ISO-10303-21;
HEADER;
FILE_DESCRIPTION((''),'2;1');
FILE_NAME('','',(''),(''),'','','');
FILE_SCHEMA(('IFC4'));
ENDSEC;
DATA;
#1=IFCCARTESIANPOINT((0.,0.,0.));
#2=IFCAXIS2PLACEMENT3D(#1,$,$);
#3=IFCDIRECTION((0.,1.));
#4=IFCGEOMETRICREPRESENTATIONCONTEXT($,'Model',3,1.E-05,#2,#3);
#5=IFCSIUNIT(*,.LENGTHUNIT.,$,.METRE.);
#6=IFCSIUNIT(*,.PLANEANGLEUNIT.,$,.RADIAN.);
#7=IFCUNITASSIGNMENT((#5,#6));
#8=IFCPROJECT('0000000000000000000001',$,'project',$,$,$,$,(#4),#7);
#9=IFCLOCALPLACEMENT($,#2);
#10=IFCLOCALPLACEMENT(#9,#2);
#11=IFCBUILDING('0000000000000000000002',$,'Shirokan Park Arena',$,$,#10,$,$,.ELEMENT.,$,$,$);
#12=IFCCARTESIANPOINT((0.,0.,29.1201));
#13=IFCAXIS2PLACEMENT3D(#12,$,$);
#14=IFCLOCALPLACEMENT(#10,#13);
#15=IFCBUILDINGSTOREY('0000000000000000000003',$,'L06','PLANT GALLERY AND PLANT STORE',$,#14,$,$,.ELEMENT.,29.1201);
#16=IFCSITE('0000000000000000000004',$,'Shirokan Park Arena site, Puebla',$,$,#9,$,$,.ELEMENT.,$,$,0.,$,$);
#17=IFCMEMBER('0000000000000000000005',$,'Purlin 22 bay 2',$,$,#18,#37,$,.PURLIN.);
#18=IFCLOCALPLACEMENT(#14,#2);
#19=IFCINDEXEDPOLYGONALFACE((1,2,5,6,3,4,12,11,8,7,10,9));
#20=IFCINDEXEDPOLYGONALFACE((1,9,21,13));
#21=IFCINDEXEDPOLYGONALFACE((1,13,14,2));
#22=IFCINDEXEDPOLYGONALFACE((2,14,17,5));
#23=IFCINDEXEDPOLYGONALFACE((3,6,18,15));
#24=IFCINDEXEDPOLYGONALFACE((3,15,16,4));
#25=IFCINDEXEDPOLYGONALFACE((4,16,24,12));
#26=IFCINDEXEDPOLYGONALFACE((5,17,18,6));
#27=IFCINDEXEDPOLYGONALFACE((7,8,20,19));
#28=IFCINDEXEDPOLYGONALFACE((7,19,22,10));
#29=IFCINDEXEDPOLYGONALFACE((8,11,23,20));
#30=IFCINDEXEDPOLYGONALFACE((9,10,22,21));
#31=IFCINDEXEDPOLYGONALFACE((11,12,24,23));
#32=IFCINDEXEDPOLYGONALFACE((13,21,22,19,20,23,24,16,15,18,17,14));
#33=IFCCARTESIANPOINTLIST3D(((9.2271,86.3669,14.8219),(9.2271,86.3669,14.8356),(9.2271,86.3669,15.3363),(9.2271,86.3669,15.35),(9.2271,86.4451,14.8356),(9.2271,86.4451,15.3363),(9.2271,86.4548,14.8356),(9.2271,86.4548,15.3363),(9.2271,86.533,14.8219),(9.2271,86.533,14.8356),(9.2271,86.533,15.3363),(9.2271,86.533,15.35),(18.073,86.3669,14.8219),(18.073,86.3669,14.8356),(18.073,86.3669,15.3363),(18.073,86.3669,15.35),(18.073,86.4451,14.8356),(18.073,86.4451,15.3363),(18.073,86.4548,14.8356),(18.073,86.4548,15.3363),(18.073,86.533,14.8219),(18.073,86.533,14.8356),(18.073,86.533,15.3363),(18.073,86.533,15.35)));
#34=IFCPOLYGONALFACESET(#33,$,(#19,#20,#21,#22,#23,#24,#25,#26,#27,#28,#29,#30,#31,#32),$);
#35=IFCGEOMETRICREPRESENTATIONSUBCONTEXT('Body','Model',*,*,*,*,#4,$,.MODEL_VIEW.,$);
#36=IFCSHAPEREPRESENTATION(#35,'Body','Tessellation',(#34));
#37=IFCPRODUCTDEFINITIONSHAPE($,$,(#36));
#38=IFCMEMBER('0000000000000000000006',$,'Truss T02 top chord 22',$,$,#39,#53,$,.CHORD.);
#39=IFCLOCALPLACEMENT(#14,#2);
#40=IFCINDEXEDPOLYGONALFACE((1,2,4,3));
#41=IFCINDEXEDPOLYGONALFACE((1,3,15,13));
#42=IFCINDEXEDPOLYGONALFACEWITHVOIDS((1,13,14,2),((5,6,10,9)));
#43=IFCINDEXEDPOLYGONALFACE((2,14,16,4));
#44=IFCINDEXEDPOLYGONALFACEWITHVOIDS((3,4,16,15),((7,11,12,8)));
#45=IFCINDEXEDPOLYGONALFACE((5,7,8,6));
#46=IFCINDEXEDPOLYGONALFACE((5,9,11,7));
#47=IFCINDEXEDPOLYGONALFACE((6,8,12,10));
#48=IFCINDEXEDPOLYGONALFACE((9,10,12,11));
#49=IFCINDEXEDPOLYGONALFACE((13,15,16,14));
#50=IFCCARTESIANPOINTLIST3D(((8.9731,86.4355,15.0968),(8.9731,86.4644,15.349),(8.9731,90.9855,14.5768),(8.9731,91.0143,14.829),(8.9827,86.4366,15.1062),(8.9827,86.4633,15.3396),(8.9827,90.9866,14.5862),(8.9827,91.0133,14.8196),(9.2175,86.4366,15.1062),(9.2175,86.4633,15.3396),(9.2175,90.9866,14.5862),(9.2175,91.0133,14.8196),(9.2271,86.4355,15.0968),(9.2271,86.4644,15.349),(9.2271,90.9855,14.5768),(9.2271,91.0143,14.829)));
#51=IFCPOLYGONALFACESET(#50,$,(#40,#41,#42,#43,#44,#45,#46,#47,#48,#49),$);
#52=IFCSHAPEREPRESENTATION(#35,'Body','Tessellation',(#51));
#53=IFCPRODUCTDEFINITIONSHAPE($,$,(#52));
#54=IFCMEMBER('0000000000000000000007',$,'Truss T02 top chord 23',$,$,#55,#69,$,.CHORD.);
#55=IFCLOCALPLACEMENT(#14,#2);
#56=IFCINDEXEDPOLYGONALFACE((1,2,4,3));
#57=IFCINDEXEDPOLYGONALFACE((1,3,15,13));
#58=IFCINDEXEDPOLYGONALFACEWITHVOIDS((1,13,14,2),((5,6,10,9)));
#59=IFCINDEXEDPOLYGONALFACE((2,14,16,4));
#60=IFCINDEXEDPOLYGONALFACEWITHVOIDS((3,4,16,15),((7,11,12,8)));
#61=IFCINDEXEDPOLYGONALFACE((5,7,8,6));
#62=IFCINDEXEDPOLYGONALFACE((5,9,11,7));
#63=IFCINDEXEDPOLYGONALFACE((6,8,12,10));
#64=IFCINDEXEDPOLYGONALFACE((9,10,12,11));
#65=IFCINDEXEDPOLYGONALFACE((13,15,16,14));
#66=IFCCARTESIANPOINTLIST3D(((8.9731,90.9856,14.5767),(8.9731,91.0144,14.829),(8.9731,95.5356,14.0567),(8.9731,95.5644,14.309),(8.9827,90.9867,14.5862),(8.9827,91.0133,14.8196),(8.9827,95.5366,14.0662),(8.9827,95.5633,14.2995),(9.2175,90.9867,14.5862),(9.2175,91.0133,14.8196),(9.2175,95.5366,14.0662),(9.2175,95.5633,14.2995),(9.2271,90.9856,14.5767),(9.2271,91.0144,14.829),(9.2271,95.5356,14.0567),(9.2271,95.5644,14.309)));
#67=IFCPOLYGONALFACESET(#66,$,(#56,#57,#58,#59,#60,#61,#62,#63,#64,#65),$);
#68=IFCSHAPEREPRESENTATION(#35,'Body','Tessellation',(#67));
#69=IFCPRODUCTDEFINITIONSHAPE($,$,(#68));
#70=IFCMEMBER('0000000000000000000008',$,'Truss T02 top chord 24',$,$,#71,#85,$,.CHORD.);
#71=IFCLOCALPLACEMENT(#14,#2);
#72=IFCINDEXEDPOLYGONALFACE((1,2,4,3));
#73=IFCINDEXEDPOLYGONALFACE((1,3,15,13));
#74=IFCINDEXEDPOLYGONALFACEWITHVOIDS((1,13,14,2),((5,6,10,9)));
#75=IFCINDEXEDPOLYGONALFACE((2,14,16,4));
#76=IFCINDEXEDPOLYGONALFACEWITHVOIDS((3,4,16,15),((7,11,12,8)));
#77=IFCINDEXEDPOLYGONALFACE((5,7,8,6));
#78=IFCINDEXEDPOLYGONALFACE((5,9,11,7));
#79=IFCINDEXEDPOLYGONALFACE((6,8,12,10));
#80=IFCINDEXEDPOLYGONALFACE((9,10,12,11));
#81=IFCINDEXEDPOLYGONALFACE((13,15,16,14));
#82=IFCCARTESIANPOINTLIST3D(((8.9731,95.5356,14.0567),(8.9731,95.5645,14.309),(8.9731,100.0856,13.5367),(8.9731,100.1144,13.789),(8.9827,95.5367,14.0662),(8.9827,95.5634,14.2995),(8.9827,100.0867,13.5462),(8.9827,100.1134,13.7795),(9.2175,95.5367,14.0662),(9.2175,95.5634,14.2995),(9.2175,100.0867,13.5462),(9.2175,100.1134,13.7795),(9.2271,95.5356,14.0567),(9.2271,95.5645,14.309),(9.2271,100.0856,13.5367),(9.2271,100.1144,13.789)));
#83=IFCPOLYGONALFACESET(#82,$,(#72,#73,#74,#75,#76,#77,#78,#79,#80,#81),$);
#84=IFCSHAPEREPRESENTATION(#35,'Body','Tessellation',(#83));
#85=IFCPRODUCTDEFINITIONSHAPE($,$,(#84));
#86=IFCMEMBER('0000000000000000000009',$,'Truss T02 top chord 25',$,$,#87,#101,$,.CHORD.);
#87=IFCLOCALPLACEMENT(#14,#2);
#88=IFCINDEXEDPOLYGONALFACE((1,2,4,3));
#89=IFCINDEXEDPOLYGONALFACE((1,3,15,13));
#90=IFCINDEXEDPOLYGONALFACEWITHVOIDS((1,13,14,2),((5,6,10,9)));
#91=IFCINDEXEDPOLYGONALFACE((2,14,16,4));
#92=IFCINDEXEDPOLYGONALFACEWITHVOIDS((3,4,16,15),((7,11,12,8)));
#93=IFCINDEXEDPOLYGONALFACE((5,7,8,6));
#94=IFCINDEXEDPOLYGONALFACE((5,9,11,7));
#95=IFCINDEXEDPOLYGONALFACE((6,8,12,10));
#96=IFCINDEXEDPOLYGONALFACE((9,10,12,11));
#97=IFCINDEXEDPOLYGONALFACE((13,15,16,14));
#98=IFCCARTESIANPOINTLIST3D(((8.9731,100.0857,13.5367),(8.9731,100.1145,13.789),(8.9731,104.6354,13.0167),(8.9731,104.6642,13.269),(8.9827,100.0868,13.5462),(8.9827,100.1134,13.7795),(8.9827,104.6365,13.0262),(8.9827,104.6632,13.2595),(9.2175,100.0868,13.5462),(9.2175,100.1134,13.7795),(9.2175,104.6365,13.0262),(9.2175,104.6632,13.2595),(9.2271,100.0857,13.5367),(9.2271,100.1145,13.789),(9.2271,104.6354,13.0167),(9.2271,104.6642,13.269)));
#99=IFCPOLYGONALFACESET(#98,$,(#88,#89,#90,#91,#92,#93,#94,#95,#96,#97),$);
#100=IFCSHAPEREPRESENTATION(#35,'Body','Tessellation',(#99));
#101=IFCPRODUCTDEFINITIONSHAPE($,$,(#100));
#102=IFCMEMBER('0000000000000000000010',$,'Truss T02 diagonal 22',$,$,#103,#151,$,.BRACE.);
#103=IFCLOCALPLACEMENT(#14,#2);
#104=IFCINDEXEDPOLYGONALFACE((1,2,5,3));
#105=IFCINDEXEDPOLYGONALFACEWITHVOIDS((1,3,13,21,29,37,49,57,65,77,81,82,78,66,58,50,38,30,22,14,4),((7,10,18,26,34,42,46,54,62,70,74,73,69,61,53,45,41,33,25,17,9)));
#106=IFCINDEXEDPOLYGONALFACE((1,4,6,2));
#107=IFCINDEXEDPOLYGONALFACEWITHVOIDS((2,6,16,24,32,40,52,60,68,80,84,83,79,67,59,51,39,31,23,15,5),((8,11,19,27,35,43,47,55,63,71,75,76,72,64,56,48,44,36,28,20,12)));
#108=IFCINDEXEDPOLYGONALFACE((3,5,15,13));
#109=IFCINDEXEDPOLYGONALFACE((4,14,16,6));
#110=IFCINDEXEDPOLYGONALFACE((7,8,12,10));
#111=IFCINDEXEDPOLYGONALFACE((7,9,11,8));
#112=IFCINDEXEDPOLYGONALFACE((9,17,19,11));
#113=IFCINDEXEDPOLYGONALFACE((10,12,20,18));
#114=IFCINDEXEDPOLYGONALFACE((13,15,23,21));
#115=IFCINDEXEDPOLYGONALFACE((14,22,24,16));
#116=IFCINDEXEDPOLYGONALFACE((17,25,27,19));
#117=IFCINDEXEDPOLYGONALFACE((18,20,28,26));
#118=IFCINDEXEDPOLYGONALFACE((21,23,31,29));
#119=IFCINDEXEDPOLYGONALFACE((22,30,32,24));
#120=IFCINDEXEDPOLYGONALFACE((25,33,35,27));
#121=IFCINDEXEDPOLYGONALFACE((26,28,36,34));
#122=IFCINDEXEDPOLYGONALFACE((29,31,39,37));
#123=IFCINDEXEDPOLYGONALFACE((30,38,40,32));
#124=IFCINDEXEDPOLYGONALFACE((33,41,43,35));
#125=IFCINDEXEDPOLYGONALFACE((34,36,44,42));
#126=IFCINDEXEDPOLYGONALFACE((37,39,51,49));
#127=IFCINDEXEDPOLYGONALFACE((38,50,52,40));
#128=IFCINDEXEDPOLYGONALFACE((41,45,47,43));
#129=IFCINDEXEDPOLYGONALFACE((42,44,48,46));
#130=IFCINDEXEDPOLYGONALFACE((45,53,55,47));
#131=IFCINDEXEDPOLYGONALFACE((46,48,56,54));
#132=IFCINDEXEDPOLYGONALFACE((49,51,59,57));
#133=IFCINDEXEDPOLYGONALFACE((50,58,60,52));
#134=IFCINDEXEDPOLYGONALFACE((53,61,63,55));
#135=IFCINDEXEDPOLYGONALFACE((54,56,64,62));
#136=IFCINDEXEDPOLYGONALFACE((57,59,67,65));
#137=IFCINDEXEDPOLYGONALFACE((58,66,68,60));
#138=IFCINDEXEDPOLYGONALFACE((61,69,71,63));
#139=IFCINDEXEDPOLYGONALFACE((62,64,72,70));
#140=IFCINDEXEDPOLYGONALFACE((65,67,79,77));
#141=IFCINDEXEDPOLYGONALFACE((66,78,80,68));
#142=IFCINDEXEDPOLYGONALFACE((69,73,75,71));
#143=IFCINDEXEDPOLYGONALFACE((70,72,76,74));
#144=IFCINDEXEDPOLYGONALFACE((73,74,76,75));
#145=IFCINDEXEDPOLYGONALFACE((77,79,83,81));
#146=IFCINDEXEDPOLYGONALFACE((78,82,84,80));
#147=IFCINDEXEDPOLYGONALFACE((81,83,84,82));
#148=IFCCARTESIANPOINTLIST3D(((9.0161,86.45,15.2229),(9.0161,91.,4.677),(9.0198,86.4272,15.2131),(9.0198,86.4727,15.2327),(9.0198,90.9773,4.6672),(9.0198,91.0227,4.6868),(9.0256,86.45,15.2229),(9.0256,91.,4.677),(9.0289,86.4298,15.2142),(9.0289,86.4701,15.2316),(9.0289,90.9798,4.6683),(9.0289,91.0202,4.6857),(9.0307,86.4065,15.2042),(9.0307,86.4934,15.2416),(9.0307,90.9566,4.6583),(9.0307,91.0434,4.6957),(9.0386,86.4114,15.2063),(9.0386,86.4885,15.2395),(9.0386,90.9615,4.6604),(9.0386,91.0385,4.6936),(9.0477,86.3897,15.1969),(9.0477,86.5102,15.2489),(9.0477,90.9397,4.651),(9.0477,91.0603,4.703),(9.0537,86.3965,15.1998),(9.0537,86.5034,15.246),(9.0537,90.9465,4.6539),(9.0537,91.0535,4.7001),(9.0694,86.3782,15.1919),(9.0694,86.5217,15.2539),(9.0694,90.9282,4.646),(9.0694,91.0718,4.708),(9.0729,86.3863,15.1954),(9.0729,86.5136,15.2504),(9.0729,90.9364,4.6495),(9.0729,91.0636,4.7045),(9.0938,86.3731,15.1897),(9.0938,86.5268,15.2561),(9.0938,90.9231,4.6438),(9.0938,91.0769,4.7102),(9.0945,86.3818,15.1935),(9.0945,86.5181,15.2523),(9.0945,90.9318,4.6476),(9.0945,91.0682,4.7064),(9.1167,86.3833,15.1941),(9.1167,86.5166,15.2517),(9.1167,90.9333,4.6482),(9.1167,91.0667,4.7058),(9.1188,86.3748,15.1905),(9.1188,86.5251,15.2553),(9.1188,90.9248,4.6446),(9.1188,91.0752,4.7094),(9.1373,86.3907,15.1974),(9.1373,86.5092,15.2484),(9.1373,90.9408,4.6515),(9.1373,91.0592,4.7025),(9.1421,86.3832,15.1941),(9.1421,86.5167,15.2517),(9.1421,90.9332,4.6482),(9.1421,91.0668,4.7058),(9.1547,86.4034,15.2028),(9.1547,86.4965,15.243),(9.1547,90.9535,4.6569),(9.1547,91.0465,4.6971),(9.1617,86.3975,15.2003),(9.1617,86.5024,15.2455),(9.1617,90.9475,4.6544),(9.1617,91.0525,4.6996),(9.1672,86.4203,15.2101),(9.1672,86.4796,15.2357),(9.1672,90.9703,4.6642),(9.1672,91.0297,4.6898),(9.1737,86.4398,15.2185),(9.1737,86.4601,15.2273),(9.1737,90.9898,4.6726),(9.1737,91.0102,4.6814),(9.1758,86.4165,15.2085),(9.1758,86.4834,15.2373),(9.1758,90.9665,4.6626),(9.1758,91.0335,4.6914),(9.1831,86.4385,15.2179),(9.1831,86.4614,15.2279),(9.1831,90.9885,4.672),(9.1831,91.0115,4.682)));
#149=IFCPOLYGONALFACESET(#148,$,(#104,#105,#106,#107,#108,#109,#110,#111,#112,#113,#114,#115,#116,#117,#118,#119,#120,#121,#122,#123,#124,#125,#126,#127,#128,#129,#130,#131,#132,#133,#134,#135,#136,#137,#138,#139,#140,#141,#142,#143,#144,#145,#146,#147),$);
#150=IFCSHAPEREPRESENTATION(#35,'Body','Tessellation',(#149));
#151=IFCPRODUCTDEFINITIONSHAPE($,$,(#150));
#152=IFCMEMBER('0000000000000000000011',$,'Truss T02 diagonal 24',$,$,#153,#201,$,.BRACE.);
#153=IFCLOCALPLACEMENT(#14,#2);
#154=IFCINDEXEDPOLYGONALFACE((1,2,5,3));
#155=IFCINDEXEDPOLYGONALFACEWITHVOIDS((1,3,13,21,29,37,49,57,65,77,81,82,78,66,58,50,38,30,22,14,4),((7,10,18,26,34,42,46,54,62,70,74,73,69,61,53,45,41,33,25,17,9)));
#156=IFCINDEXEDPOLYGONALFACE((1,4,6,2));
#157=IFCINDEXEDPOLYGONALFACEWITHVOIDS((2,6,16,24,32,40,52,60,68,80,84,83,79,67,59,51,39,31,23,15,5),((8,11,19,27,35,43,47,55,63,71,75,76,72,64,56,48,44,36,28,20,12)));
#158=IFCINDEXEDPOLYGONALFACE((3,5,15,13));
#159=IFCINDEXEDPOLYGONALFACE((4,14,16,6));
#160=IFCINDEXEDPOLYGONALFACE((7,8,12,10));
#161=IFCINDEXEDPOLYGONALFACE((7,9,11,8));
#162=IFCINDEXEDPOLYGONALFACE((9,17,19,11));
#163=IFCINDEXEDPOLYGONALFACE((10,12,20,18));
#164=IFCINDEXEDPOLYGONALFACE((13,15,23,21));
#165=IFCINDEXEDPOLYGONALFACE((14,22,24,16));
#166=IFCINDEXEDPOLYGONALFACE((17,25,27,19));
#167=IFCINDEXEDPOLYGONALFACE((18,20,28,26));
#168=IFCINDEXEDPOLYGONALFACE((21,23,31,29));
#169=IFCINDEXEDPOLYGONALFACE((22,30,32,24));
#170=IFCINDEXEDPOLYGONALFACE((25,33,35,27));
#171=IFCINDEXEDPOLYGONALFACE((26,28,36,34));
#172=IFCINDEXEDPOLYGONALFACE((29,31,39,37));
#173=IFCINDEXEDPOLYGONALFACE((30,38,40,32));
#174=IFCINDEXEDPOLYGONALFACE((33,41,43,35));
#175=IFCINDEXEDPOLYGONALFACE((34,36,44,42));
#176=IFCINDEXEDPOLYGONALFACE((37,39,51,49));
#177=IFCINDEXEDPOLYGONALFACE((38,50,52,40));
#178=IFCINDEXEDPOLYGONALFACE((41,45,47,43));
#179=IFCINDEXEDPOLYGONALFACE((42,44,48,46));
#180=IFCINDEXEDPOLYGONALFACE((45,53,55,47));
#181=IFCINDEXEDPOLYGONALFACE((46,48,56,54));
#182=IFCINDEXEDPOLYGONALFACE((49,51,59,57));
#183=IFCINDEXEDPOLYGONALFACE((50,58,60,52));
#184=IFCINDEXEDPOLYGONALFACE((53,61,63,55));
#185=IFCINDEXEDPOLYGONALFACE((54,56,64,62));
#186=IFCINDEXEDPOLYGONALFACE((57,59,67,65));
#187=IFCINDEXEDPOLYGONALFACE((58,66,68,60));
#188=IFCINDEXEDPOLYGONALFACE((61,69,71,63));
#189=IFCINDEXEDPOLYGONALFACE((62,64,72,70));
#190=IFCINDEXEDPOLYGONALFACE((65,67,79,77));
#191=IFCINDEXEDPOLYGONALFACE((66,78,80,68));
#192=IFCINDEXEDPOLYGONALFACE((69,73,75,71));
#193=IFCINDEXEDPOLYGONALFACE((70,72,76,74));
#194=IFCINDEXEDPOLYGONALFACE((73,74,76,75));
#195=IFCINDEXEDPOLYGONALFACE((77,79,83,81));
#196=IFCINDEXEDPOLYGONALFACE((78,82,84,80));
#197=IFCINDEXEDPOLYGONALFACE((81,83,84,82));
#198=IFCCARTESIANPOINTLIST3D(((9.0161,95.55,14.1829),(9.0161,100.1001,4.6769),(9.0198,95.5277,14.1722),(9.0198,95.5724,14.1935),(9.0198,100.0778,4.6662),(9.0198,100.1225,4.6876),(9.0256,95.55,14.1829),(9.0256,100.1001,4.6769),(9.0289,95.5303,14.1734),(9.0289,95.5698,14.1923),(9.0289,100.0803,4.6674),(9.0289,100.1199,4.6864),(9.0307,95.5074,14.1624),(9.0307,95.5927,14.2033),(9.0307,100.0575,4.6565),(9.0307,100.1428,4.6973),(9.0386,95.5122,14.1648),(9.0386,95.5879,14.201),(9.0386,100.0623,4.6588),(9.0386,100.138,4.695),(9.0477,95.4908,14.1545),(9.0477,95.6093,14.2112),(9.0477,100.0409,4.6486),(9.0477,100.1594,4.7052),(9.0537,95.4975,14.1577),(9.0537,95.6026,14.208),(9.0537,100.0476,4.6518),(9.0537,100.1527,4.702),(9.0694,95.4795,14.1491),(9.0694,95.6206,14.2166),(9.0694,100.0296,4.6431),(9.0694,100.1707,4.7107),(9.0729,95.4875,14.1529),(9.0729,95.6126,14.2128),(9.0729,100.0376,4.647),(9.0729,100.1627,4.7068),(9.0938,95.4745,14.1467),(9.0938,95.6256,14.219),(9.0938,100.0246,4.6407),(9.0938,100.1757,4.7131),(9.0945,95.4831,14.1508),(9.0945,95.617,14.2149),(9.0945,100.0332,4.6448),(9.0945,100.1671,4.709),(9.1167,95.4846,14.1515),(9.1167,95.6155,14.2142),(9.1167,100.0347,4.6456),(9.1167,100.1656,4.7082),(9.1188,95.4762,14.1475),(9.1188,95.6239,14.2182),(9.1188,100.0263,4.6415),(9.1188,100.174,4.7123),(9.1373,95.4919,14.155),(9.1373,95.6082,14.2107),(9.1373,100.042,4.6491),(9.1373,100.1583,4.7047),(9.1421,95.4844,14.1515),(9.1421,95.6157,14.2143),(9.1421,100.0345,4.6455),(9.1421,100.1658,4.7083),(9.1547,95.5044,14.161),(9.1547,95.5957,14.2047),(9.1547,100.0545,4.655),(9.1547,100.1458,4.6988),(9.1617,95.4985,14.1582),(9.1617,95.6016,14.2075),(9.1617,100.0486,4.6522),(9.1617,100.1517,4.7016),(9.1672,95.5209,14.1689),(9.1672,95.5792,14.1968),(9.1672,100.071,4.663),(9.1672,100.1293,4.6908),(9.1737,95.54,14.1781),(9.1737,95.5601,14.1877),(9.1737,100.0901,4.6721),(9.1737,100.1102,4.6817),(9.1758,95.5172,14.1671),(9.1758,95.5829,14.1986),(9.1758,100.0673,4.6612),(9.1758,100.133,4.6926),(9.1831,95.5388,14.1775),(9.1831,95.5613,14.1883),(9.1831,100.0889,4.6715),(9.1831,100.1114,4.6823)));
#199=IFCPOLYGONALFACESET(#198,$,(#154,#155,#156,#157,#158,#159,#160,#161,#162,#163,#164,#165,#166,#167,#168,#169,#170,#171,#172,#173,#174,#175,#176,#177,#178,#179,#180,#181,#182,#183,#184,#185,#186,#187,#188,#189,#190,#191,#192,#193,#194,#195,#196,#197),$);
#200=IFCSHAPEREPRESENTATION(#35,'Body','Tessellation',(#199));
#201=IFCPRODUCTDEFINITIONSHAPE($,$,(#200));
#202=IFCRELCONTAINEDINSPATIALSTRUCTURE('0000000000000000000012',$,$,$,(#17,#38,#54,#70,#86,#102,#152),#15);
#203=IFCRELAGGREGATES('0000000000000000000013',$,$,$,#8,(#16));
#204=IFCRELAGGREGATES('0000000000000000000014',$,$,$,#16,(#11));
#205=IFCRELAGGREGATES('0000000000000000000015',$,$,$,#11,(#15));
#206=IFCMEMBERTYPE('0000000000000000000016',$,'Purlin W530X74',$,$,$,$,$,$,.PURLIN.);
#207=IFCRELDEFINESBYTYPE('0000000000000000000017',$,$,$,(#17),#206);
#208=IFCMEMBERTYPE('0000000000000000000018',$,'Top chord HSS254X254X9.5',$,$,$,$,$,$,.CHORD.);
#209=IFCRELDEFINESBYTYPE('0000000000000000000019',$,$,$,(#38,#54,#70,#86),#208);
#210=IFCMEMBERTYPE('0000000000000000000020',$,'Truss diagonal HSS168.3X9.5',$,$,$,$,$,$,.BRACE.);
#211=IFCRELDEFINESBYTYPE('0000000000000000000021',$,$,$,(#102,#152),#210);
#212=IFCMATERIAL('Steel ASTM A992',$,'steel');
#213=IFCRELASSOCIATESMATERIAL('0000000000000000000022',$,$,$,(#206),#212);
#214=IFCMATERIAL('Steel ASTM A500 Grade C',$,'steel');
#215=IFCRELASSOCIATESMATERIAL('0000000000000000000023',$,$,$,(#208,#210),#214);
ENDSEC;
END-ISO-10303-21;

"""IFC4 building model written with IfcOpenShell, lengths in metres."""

from ifc_helpers import new_model, si_unit, direction, frame, origin, origin_2d, place, context, subcontext, project, spatial, hollow_rectangle, hollow_circle, i_section, extrude, material, material_profile, profile_set, type_object, element, save


model = new_model("IFC4")

# Units and contexts
model_context = context("Model", 3, precision=1e-05, world=origin(), true_north=direction((0.0, 1.0)))
body_context = subcontext(model_context, "Body", "Model", "MODEL_VIEW")
ifc_project = project(units=[si_unit("LENGTHUNIT", "METRE"), si_unit("PLANEANGLEUNIT", "RADIAN")], contexts=[model_context])

# Site, building, storey
site_placement = place(None, origin())
site = spatial("IfcSite", under=ifc_project, at=site_placement, Name="Shirokan Park Arena site, Puebla", CompositionType="ELEMENT", RefElevation=0.0)
building_placement = place(site_placement, origin())
building = spatial("IfcBuilding", under=site, at=building_placement, Name="Shirokan Park Arena", CompositionType="ELEMENT")
storey_placement = place(building_placement, frame((0.0, 0.0, 29.1201)))
storey = spatial("IfcBuildingStorey", under=building, at=storey_placement, Name="L06", Description="PLANT GALLERY AND PLANT STORE", CompositionType="ELEMENT", Elevation=29.1201)

# Members
ifc_material_1 = material(Name="Steel ASTM A500 Grade C", Category="steel")
ifc_material_2 = material(Name="Steel ASTM A992", Category="steel")
ifc_material_profile_1 = material_profile(ifc_material_2, i_section(OverallWidth=0.166, OverallDepth=0.5281, WebThickness=0.0098, FlangeThickness=0.0137, at=origin_2d()), Name="W530X74")
ifc_profile_set_1 = profile_set([ifc_material_profile_1], Name="Steel ASTM A992")
member_type_1 = type_object("IfcMemberType", Name="Purlin W530X74", PredefinedType="PURLIN", material=ifc_profile_set_1)
member_1_placement = place(storey_placement, frame((9.2271, 86.45, 15.0859), z_axis=(1.0, 0.0, 0.0), x_axis=(0.0, 1.0, 0.0)))
element("IfcMember", 1, at=member_1_placement, inside=storey, type_object=member_type_1, Name="Purlin 22 bay 2", PredefinedType="PURLIN", context=body_context, shape_type="SweptSolid", body=[
    extrude(i_section(OverallWidth=0.166, OverallDepth=0.5281, WebThickness=0.0098, FlangeThickness=0.0137, at=origin_2d()), origin(), (0.0, 0.0, 1.0), 8.8459),
])
ifc_material_profile_2 = material_profile(ifc_material_1, hollow_rectangle(XDim=0.2539, YDim=0.2539, WallThickness=0.0095, at=origin_2d()), Name="HSS254X254X9.5")
ifc_profile_set_2 = profile_set([ifc_material_profile_2], Name="Steel ASTM A500 Grade C")
member_type_2 = type_object("IfcMemberType", Name="Top chord HSS254X254X9.5", PredefinedType="CHORD", material=ifc_profile_set_2)
for number, where, z_axis, x_axis, name in (
    (2, (9.1001, 86.45, 15.2229), (0.0, 0.993532, -0.11355), (-1.0, 0.0, 0.0), "Truss T02 top chord 22"),
    (3, (9.1001, 91.0, 14.7029), (0.0, 0.993532, -0.11355), (-1.0, 0.0, 0.0), "Truss T02 top chord 23"),
    (4, (9.1001, 95.55, 14.1829), (0.0, 0.993532, -0.11355), (-1.0, 0.0, 0.0), "Truss T02 top chord 24"),
):
    element("IfcMember", number, at=place(storey_placement, frame(where, z_axis=z_axis, x_axis=x_axis)), inside=storey, type_object=member_type_2, Name=name, PredefinedType="CHORD", context=body_context, shape_type="SweptSolid", body=[
        extrude(hollow_rectangle(XDim=0.2539, YDim=0.2539, WallThickness=0.0095, at=origin_2d()), origin(), (0.0, 0.0, 1.0), 4.5796),
    ])
member_2_placement = place(storey_placement, frame((9.1001, 100.1001, 13.6628), z_axis=(0.0, 0.993532, -0.113556), x_axis=(-1.0, 0.0, 0.0)))
element("IfcMember", 5, at=member_2_placement, inside=storey, type_object=member_type_2, Name="Truss T02 top chord 25", PredefinedType="CHORD", context=body_context, shape_type="SweptSolid", body=[
    extrude(hollow_rectangle(XDim=0.2539, YDim=0.2539, WallThickness=0.0095, at=origin_2d()), origin(), (0.0, 0.0, 1.0), 4.5793),
])
ifc_material_profile_3 = material_profile(ifc_material_1, hollow_circle(Radius=0.084, WallThickness=0.0095, at=origin_2d()), Name="HSS168.3X9.5")
ifc_profile_set_3 = profile_set([ifc_material_profile_3], Name="Steel ASTM A500 Grade C")
member_type_3 = type_object("IfcMemberType", Name="Truss diagonal HSS168.3X9.5", PredefinedType="BRACE", material=ifc_profile_set_3)
member_3_placement = place(storey_placement, frame((9.1001, 86.45, 15.2229), z_axis=(0.0, 0.396153, -0.918185), x_axis=(-1.0, 0.0, 0.0)))
element("IfcMember", 6, at=member_3_placement, inside=storey, type_object=member_type_3, Name="Truss T02 diagonal 22", PredefinedType="BRACE", context=body_context, shape_type="SweptSolid", body=[
    extrude(hollow_circle(Radius=0.084, WallThickness=0.0095, at=origin_2d()), origin(), (0.0, 0.0, 1.0), 11.4856),
])
member_4_placement = place(storey_placement, frame((9.1001, 95.55, 14.1829), z_axis=(0.0, 0.431746, -0.901995), x_axis=(-1.0, 0.0, 0.0)))
element("IfcMember", 7, at=member_4_placement, inside=storey, type_object=member_type_3, Name="Truss T02 diagonal 24", PredefinedType="BRACE", context=body_context, shape_type="SweptSolid", body=[
    extrude(hollow_circle(Radius=0.084, WallThickness=0.0095, at=origin_2d()), origin(), (0.0, 0.0, 1.0), 10.5388),
])

save(model, "model.ifc")
